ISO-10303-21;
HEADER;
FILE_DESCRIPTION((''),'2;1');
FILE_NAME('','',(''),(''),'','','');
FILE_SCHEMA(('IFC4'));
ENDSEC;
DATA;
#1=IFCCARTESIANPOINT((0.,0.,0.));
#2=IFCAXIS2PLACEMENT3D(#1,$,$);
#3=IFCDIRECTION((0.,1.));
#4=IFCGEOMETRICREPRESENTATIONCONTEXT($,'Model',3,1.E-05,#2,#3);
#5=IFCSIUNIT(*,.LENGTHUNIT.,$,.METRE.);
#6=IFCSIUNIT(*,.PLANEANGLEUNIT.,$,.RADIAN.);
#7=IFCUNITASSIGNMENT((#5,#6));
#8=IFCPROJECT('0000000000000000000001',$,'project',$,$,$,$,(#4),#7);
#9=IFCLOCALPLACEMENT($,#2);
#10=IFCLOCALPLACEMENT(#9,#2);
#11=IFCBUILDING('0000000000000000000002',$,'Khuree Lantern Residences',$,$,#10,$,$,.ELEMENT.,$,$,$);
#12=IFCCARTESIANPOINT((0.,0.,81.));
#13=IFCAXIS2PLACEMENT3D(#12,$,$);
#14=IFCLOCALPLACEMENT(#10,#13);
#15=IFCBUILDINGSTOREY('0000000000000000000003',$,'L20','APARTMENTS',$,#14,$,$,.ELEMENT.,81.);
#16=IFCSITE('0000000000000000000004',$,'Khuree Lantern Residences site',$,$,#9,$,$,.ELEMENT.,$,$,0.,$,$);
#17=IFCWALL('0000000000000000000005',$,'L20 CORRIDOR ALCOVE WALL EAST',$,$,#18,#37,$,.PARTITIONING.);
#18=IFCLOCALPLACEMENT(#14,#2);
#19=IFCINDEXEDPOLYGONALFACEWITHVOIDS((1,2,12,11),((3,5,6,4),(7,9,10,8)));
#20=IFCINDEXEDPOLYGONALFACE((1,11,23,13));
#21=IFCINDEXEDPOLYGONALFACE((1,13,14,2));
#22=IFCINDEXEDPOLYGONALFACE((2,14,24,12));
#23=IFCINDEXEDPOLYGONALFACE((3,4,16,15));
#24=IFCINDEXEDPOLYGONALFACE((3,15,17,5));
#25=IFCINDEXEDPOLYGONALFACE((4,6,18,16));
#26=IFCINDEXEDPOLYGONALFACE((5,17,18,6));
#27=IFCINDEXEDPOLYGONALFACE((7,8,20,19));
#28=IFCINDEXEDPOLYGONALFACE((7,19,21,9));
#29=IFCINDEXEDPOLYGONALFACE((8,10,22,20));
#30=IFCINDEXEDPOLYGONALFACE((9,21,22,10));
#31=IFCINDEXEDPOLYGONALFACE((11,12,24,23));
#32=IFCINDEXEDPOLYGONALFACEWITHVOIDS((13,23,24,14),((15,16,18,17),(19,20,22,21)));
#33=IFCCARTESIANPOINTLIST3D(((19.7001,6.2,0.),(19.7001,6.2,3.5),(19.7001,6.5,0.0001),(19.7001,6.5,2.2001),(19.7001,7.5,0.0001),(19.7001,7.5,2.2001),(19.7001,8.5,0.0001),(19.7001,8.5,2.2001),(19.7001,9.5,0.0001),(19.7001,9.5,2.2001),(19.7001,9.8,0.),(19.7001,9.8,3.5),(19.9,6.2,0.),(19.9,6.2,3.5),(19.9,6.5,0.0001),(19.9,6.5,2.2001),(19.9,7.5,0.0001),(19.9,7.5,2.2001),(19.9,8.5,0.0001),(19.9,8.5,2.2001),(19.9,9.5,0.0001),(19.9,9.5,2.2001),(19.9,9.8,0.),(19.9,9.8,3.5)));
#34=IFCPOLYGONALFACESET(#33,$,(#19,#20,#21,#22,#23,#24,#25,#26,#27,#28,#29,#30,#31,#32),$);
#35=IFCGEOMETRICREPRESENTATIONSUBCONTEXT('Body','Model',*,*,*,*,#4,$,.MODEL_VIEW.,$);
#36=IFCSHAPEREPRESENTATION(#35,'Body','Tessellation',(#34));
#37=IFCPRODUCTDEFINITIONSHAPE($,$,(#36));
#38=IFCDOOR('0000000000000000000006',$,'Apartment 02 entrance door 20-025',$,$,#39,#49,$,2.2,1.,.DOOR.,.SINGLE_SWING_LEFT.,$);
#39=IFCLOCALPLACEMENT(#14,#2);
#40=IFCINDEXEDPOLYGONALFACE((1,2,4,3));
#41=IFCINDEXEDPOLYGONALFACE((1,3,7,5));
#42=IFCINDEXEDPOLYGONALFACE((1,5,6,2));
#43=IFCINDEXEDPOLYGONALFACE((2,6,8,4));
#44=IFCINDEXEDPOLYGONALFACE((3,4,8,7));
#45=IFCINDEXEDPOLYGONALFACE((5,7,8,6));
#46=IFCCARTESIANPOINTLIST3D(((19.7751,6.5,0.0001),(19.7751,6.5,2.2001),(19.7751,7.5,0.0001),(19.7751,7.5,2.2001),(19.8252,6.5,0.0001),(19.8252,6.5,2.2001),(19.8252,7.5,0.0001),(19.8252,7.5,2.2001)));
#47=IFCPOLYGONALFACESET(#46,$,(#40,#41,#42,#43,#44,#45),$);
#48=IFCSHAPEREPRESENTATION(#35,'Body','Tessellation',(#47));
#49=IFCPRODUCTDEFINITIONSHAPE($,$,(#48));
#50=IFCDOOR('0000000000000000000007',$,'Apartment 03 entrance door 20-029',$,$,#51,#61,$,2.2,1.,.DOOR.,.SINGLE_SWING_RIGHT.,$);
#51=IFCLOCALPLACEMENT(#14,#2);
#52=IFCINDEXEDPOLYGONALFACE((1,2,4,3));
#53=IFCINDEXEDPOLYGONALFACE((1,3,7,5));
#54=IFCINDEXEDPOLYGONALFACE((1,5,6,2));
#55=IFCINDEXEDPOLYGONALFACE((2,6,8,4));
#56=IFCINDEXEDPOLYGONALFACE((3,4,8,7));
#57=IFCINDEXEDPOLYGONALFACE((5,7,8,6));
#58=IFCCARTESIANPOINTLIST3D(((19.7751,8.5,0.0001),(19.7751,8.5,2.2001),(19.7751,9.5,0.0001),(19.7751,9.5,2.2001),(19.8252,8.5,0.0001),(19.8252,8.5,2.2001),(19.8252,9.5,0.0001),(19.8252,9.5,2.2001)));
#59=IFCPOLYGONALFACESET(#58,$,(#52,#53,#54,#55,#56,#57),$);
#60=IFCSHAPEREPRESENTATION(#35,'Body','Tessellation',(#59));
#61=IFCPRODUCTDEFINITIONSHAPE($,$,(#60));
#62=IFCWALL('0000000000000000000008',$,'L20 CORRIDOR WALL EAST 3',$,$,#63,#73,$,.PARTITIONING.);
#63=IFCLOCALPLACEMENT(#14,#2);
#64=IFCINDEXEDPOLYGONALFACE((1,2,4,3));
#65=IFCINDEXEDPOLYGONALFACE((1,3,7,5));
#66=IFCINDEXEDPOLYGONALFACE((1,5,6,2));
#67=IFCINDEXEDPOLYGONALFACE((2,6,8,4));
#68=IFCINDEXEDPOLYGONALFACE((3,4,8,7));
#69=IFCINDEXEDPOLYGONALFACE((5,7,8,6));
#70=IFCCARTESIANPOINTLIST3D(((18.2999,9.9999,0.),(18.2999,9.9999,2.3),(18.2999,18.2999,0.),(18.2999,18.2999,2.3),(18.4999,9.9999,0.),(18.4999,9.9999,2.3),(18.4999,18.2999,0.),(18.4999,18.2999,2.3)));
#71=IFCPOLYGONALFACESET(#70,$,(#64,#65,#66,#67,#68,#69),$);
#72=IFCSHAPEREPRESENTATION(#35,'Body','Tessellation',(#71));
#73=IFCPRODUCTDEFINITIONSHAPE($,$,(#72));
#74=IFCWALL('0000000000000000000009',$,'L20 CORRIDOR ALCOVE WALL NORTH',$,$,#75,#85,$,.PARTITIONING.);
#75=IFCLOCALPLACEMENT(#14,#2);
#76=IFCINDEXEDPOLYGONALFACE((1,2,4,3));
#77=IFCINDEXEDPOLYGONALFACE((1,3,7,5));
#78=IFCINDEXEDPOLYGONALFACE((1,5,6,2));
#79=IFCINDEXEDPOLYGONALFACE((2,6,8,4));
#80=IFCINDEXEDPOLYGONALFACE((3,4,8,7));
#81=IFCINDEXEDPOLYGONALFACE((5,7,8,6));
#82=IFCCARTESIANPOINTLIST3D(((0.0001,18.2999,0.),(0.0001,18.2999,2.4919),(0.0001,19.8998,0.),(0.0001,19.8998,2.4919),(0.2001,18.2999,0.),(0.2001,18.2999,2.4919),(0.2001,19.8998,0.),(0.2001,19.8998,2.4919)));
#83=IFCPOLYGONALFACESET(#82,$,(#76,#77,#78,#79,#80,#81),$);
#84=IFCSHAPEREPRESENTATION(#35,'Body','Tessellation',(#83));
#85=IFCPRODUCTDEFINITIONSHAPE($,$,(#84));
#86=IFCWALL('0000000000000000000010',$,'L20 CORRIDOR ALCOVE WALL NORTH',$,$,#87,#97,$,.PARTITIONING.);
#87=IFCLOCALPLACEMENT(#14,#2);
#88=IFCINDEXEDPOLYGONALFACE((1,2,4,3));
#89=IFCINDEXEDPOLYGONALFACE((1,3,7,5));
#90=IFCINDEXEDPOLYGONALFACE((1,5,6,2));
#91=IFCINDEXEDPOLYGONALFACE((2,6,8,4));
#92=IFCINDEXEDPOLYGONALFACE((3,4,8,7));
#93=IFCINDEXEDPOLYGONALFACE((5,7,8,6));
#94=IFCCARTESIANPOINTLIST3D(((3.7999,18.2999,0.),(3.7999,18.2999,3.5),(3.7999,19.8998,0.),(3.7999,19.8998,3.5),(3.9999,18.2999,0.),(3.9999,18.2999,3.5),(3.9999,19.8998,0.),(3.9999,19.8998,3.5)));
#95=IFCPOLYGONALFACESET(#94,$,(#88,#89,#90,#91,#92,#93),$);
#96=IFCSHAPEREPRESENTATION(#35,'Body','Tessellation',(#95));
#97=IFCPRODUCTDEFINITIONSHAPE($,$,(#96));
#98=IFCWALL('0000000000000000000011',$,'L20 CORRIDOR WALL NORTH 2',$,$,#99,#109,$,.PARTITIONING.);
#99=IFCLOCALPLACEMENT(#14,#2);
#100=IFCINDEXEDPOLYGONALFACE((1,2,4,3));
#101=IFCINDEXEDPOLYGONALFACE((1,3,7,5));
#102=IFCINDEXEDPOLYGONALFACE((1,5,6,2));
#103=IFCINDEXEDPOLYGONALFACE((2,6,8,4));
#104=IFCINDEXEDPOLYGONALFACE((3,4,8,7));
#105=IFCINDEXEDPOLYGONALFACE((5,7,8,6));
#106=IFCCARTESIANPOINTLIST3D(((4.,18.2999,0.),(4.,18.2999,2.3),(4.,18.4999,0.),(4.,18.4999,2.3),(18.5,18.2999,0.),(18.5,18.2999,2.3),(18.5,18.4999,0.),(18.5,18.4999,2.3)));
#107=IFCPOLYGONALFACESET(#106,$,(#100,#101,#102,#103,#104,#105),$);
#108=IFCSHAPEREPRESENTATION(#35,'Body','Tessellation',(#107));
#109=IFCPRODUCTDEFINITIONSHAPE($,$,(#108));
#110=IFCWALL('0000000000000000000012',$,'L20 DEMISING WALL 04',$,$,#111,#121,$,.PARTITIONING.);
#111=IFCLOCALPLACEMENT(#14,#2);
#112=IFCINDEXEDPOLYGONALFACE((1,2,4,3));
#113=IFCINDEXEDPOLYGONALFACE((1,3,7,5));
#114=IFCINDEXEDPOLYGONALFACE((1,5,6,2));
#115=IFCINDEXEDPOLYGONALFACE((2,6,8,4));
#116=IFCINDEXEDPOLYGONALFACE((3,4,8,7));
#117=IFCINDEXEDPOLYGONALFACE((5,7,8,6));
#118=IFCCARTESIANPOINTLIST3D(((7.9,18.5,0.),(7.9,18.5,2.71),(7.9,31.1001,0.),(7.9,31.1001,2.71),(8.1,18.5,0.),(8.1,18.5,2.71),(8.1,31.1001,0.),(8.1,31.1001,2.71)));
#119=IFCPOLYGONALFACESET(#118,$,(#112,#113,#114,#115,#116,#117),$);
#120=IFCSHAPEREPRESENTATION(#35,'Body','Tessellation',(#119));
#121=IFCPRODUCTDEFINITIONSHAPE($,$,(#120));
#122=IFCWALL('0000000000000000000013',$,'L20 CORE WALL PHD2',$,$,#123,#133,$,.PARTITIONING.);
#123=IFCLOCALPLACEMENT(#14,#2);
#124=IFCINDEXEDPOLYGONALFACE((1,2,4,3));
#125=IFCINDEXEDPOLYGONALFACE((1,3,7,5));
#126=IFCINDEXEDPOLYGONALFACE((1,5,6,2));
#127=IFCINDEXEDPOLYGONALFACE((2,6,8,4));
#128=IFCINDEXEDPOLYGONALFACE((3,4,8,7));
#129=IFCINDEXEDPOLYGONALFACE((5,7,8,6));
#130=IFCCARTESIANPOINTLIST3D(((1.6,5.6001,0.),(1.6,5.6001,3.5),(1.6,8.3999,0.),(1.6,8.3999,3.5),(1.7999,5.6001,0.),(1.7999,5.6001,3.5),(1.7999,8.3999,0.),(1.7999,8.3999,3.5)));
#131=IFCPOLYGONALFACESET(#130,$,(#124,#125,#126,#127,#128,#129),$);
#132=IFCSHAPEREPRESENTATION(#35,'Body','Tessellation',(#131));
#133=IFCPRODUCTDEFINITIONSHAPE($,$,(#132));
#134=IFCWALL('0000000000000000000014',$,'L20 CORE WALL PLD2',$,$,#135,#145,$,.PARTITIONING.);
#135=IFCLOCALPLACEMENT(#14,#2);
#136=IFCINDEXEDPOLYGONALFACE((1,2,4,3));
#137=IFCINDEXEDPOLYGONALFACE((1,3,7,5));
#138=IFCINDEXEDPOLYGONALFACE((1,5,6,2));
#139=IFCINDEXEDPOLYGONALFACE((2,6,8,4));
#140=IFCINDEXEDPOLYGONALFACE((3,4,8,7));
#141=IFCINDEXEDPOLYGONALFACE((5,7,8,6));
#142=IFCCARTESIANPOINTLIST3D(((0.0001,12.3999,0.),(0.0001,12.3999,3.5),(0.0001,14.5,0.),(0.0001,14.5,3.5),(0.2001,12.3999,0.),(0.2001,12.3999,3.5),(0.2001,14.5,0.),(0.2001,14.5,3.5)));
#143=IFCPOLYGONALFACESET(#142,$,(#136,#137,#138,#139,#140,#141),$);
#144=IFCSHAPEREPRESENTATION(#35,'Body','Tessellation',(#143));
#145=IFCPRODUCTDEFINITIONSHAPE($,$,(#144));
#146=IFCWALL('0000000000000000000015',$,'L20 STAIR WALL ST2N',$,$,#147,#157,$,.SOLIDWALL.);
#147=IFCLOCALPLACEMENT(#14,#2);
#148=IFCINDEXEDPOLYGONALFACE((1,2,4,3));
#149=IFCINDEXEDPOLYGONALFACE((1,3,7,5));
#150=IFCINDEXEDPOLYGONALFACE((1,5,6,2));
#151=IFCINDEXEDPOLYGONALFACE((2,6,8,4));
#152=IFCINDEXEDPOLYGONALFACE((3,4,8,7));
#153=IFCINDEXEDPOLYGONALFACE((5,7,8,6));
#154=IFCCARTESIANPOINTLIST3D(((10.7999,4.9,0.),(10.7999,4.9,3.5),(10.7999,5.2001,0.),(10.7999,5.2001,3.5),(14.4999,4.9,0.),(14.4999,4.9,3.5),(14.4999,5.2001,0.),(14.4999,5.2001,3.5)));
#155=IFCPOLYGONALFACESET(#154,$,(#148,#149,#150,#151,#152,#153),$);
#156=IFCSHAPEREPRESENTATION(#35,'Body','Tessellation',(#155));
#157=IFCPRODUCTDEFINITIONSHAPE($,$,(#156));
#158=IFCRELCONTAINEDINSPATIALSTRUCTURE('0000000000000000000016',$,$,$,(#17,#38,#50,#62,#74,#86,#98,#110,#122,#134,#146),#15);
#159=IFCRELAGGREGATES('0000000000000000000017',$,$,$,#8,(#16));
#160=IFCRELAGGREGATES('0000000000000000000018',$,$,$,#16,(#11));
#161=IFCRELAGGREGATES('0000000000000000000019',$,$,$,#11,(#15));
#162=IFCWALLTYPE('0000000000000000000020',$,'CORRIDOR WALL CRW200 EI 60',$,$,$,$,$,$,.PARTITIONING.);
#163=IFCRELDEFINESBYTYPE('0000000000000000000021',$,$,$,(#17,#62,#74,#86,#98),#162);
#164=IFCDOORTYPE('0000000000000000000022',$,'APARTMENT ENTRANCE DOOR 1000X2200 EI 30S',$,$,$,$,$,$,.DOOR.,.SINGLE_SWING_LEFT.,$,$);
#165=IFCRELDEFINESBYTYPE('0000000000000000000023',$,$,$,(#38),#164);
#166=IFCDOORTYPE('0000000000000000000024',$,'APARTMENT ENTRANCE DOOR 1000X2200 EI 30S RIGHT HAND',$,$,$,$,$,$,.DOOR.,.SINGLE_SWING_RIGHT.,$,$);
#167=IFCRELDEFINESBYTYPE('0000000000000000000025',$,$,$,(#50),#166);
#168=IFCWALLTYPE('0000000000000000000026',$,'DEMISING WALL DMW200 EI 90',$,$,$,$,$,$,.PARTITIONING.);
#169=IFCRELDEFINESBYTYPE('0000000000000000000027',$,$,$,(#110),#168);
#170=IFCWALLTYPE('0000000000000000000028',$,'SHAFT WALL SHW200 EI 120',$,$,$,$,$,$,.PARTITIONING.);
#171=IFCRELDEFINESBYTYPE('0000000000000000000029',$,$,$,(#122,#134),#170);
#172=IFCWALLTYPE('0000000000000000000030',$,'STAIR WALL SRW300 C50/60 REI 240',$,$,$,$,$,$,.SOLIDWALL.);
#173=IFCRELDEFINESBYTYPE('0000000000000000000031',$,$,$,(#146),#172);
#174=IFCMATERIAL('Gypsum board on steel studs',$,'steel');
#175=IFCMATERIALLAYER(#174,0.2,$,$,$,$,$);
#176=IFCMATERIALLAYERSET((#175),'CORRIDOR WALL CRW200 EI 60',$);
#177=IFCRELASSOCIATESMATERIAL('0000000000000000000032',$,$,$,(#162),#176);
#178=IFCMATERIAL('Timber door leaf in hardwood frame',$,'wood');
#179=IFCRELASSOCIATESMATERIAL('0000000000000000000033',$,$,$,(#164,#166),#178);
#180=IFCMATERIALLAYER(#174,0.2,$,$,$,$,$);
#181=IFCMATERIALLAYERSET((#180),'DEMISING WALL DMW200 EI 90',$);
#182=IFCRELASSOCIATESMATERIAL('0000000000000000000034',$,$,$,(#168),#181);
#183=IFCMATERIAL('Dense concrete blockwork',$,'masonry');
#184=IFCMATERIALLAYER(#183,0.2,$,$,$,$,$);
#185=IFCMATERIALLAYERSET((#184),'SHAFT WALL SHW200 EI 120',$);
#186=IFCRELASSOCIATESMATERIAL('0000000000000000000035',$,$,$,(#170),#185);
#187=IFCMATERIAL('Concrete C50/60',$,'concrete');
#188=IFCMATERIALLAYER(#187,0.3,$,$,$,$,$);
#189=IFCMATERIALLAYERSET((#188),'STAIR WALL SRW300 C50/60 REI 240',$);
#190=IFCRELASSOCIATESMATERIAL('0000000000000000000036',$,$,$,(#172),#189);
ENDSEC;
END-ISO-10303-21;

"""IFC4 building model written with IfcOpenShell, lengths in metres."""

from ifc_helpers import new_model, si_unit, direction, frame, frame_2d, origin, place, context, subcontext, project, spatial, rectangle, extrude, material, layer, layer_set, type_object, element, fill, save


model = new_model("IFC4")

# Units and contexts
model_context = context("Model", 3, precision=1e-05, world=origin(), true_north=direction((0.0, 1.0)))
body_context = subcontext(model_context, "Body", "Model", "MODEL_VIEW")
ifc_project = project(units=[si_unit("LENGTHUNIT", "METRE"), si_unit("PLANEANGLEUNIT", "RADIAN")], contexts=[model_context])

# Site, building, storey
site_placement = place(None, origin())
site = spatial("IfcSite", under=ifc_project, at=site_placement, Name="Khuree Lantern Residences site", CompositionType="ELEMENT", RefElevation=0.0)
building_placement = place(site_placement, origin())
building = spatial("IfcBuilding", under=site, at=building_placement, Name="Khuree Lantern Residences", CompositionType="ELEMENT")
storey_placement = place(building_placement, frame((0.0, 0.0, 81.0)))
storey = spatial("IfcBuildingStorey", under=building, at=storey_placement, Name="L20", Description="APARTMENTS", CompositionType="ELEMENT", Elevation=81.0)

# Shared definitions
ifc_material_1 = material(Name="Dense concrete blockwork", Category="masonry")
ifc_material_2 = material(Name="Gypsum board on steel studs", Category="steel")
ifc_layer_1 = layer(ifc_material_2, 0.2)
ifc_layer_set_1 = layer_set([ifc_layer_1], Name="CORRIDOR WALL CRW200 EI 60")
wall_type_1 = type_object("IfcWallType", Name="CORRIDOR WALL CRW200 EI 60", PredefinedType="PARTITIONING", material=ifc_layer_set_1)

# Wall, openings, doors
wall_1_placement = place(storey_placement, frame((19.8, 6.2, 0.0), z_axis=(0.0, 0.0, 1.0), x_axis=(0.0, 1.0, 0.0)))
wall_1 = element("IfcWall", 1, at=wall_1_placement, inside=storey, type_object=wall_type_1, Name="L20 CORRIDOR ALCOVE WALL EAST", PredefinedType="PARTITIONING", context=body_context, shape_type="SweptSolid", body=[
    extrude(rectangle(XDim=3.6001, YDim=0.2, at=frame_2d((1.8, 0.0))), origin(), (0.0, 0.0, 1.0), 3.5),
])
opening_1_placement = place(wall_1_placement, frame((0.3, 0.0, 0.0)))
opening_1 = element("IfcOpeningElement", 2, at=opening_1_placement, cuts=wall_1, PredefinedType="OPENING", context=body_context, shape_type="SweptSolid", body=[
    extrude(rectangle(XDim=1.0, YDim=2.2, at=frame_2d((0.5, 1.1001))), frame((0.0, 0.1099, 0.0), z_axis=(0.0, -1.0, 0.0), x_axis=(1.0, 0.0, 0.0)), (0.0, 0.0, 1.0), 0.22),
])
opening_2_placement = place(wall_1_placement, frame((2.3, 0.0, 0.0)))
opening_2 = element("IfcOpeningElement", 3, at=opening_2_placement, cuts=wall_1, PredefinedType="OPENING", context=body_context, shape_type="SweptSolid", body=[
    extrude(rectangle(XDim=1.0, YDim=2.2, at=frame_2d((0.5, 1.1001))), frame((0.0, 0.1099, 0.0), z_axis=(0.0, -1.0, 0.0), x_axis=(1.0, 0.0, 0.0)), (0.0, 0.0, 1.0), 0.22),
])
ifc_material_3 = material(Name="Timber door leaf in hardwood frame", Category="wood")
door_type_1 = type_object("IfcDoorType", Name="APARTMENT ENTRANCE DOOR 1000X2200 EI 30S", OperationType="SINGLE_SWING_LEFT", PredefinedType="DOOR", material=ifc_material_3)
door_1_placement = place(opening_1_placement, origin())
door_1 = element("IfcDoor", 4, at=door_1_placement, inside=storey, type_object=door_type_1, Name="Apartment 02 entrance door 20-025", OperationType="SINGLE_SWING_LEFT", OverallHeight=2.2, OverallWidth=1.0, PredefinedType="DOOR", context=body_context, shape_type="SweptSolid", body=[
    extrude(rectangle(XDim=1.0, YDim=2.2, at=frame_2d((0.5, 1.1001))), frame((0.0, 0.0249, 0.0), z_axis=(0.0, -1.0, 0.0), x_axis=(1.0, 0.0, 0.0)), (0.0, 0.0, 1.0), 0.05),
])
fill(opening_1, door_1)
door_type_2 = type_object("IfcDoorType", Name="APARTMENT ENTRANCE DOOR 1000X2200 EI 30S RIGHT HAND", OperationType="SINGLE_SWING_RIGHT", PredefinedType="DOOR", material=ifc_material_3)
door_2_placement = place(opening_2_placement, origin())
door_2 = element("IfcDoor", 5, at=door_2_placement, inside=storey, type_object=door_type_2, Name="Apartment 03 entrance door 20-029", OperationType="SINGLE_SWING_RIGHT", OverallHeight=2.2, OverallWidth=1.0, PredefinedType="DOOR", context=body_context, shape_type="SweptSolid", body=[
    extrude(rectangle(XDim=1.0, YDim=2.2, at=frame_2d((0.5, 1.1001))), frame((0.0, 0.0249, 0.0), z_axis=(0.0, -1.0, 0.0), x_axis=(1.0, 0.0, 0.0)), (0.0, 0.0, 1.0), 0.05),
])
fill(opening_2, door_2)

# Walls
wall_2_placement = place(storey_placement, frame((18.3999, 10.0, 0.0), z_axis=(0.0, 0.0, 1.0), x_axis=(0.0, 1.0, 0.0)))
element("IfcWall", 6, at=wall_2_placement, inside=storey, type_object=wall_type_1, Name="L20 CORRIDOR WALL EAST 3", PredefinedType="PARTITIONING", context=body_context, shape_type="SweptSolid", body=[
    extrude(rectangle(XDim=8.3, YDim=0.2, at=frame_2d((4.1499, 0.0))), origin(), (0.0, 0.0, 1.0), 2.3),
])
wall_3_placement = place(storey_placement, frame((0.1001, 18.3, 0.0), z_axis=(0.0, 0.0, 1.0), x_axis=(0.0, 1.0, 0.0)))
element("IfcWall", 7, at=wall_3_placement, inside=storey, type_object=wall_type_1, Name="L20 CORRIDOR ALCOVE WALL NORTH", PredefinedType="PARTITIONING", context=body_context, shape_type="SweptSolid", body=[
    extrude(rectangle(XDim=1.5999, YDim=0.2, at=frame_2d((0.7998, 0.0))), origin(), (0.0, 0.0, 1.0), 2.4919),
])
wall_4_placement = place(storey_placement, frame((3.8999, 18.3, 0.0), z_axis=(0.0, 0.0, 1.0), x_axis=(0.0, 1.0, 0.0)))
element("IfcWall", 8, at=wall_4_placement, inside=storey, type_object=wall_type_1, Name="L20 CORRIDOR ALCOVE WALL NORTH", PredefinedType="PARTITIONING", context=body_context, shape_type="SweptSolid", body=[
    extrude(rectangle(XDim=1.5999, YDim=0.2, at=frame_2d((0.7998, 0.0))), origin(), (0.0, 0.0, 1.0), 3.5),
])
wall_5_placement = place(storey_placement, frame((4.0, 18.3999, 0.0), z_axis=(0.0, 0.0, 1.0), x_axis=(1.0, 0.0, 0.0)))
element("IfcWall", 9, at=wall_5_placement, inside=storey, type_object=wall_type_1, Name="L20 CORRIDOR WALL NORTH 2", PredefinedType="PARTITIONING", context=body_context, shape_type="SweptSolid", body=[
    extrude(rectangle(XDim=14.5, YDim=0.2, at=frame_2d((7.25, 0.0))), origin(), (0.0, 0.0, 1.0), 2.3),
])
ifc_layer_2 = layer(ifc_material_2, 0.2)
ifc_layer_set_2 = layer_set([ifc_layer_2], Name="DEMISING WALL DMW200 EI 90")
wall_type_2 = type_object("IfcWallType", Name="DEMISING WALL DMW200 EI 90", PredefinedType="PARTITIONING", material=ifc_layer_set_2)
wall_6_placement = place(storey_placement, frame((8.0, 18.5, 0.0), z_axis=(0.0, 0.0, 1.0), x_axis=(0.0, 1.0, 0.0)))
element("IfcWall", 10, at=wall_6_placement, inside=storey, type_object=wall_type_2, Name="L20 DEMISING WALL 04", PredefinedType="PARTITIONING", context=body_context, shape_type="SweptSolid", body=[
    extrude(rectangle(XDim=12.6001, YDim=0.2, at=frame_2d((6.3, 0.0))), origin(), (0.0, 0.0, 1.0), 2.71),
])
ifc_layer_3 = layer(ifc_material_1, 0.2)
ifc_layer_set_3 = layer_set([ifc_layer_3], Name="SHAFT WALL SHW200 EI 120")
wall_type_3 = type_object("IfcWallType", Name="SHAFT WALL SHW200 EI 120", PredefinedType="PARTITIONING", material=ifc_layer_set_3)
wall_7_placement = place(storey_placement, frame((1.7, 5.6001, 0.0), z_axis=(0.0, 0.0, 1.0), x_axis=(0.0, 1.0, 0.0)))
element("IfcWall", 11, at=wall_7_placement, inside=storey, type_object=wall_type_3, Name="L20 CORE WALL PHD2", PredefinedType="PARTITIONING", context=body_context, shape_type="SweptSolid", body=[
    extrude(rectangle(XDim=2.7998, YDim=0.2, at=frame_2d((1.3999, 0.0))), origin(), (0.0, 0.0, 1.0), 3.5),
])
wall_8_placement = place(storey_placement, frame((0.1001, 12.3999, 0.0), z_axis=(0.0, 0.0, 1.0), x_axis=(0.0, 1.0, 0.0)))
element("IfcWall", 12, at=wall_8_placement, inside=storey, type_object=wall_type_3, Name="L20 CORE WALL PLD2", PredefinedType="PARTITIONING", context=body_context, shape_type="SweptSolid", body=[
    extrude(rectangle(XDim=2.1001, YDim=0.2, at=frame_2d((1.05, 0.0))), origin(), (0.0, 0.0, 1.0), 3.5),
])
ifc_material_4 = material(Name="Concrete C50/60", Category="concrete")
ifc_layer_4 = layer(ifc_material_4, 0.3)
ifc_layer_set_4 = layer_set([ifc_layer_4], Name="STAIR WALL SRW300 C50/60 REI 240")
wall_type_4 = type_object("IfcWallType", Name="STAIR WALL SRW300 C50/60 REI 240", PredefinedType="SOLIDWALL", material=ifc_layer_set_4)
wall_9_placement = place(storey_placement, frame((14.5, 5.05, 0.0), z_axis=(0.0, 0.0, 1.0), x_axis=(-1.0, 0.0, 0.0)))
element("IfcWall", 13, at=wall_9_placement, inside=storey, type_object=wall_type_4, Name="L20 STAIR WALL ST2N", PredefinedType="SOLIDWALL", context=body_context, shape_type="SweptSolid", body=[
    extrude(rectangle(XDim=3.7, YDim=0.3, at=frame_2d((1.8501, 0.0))), origin(), (0.0, 0.0, 1.0), 3.5),
])

save(model, "model.ifc")
